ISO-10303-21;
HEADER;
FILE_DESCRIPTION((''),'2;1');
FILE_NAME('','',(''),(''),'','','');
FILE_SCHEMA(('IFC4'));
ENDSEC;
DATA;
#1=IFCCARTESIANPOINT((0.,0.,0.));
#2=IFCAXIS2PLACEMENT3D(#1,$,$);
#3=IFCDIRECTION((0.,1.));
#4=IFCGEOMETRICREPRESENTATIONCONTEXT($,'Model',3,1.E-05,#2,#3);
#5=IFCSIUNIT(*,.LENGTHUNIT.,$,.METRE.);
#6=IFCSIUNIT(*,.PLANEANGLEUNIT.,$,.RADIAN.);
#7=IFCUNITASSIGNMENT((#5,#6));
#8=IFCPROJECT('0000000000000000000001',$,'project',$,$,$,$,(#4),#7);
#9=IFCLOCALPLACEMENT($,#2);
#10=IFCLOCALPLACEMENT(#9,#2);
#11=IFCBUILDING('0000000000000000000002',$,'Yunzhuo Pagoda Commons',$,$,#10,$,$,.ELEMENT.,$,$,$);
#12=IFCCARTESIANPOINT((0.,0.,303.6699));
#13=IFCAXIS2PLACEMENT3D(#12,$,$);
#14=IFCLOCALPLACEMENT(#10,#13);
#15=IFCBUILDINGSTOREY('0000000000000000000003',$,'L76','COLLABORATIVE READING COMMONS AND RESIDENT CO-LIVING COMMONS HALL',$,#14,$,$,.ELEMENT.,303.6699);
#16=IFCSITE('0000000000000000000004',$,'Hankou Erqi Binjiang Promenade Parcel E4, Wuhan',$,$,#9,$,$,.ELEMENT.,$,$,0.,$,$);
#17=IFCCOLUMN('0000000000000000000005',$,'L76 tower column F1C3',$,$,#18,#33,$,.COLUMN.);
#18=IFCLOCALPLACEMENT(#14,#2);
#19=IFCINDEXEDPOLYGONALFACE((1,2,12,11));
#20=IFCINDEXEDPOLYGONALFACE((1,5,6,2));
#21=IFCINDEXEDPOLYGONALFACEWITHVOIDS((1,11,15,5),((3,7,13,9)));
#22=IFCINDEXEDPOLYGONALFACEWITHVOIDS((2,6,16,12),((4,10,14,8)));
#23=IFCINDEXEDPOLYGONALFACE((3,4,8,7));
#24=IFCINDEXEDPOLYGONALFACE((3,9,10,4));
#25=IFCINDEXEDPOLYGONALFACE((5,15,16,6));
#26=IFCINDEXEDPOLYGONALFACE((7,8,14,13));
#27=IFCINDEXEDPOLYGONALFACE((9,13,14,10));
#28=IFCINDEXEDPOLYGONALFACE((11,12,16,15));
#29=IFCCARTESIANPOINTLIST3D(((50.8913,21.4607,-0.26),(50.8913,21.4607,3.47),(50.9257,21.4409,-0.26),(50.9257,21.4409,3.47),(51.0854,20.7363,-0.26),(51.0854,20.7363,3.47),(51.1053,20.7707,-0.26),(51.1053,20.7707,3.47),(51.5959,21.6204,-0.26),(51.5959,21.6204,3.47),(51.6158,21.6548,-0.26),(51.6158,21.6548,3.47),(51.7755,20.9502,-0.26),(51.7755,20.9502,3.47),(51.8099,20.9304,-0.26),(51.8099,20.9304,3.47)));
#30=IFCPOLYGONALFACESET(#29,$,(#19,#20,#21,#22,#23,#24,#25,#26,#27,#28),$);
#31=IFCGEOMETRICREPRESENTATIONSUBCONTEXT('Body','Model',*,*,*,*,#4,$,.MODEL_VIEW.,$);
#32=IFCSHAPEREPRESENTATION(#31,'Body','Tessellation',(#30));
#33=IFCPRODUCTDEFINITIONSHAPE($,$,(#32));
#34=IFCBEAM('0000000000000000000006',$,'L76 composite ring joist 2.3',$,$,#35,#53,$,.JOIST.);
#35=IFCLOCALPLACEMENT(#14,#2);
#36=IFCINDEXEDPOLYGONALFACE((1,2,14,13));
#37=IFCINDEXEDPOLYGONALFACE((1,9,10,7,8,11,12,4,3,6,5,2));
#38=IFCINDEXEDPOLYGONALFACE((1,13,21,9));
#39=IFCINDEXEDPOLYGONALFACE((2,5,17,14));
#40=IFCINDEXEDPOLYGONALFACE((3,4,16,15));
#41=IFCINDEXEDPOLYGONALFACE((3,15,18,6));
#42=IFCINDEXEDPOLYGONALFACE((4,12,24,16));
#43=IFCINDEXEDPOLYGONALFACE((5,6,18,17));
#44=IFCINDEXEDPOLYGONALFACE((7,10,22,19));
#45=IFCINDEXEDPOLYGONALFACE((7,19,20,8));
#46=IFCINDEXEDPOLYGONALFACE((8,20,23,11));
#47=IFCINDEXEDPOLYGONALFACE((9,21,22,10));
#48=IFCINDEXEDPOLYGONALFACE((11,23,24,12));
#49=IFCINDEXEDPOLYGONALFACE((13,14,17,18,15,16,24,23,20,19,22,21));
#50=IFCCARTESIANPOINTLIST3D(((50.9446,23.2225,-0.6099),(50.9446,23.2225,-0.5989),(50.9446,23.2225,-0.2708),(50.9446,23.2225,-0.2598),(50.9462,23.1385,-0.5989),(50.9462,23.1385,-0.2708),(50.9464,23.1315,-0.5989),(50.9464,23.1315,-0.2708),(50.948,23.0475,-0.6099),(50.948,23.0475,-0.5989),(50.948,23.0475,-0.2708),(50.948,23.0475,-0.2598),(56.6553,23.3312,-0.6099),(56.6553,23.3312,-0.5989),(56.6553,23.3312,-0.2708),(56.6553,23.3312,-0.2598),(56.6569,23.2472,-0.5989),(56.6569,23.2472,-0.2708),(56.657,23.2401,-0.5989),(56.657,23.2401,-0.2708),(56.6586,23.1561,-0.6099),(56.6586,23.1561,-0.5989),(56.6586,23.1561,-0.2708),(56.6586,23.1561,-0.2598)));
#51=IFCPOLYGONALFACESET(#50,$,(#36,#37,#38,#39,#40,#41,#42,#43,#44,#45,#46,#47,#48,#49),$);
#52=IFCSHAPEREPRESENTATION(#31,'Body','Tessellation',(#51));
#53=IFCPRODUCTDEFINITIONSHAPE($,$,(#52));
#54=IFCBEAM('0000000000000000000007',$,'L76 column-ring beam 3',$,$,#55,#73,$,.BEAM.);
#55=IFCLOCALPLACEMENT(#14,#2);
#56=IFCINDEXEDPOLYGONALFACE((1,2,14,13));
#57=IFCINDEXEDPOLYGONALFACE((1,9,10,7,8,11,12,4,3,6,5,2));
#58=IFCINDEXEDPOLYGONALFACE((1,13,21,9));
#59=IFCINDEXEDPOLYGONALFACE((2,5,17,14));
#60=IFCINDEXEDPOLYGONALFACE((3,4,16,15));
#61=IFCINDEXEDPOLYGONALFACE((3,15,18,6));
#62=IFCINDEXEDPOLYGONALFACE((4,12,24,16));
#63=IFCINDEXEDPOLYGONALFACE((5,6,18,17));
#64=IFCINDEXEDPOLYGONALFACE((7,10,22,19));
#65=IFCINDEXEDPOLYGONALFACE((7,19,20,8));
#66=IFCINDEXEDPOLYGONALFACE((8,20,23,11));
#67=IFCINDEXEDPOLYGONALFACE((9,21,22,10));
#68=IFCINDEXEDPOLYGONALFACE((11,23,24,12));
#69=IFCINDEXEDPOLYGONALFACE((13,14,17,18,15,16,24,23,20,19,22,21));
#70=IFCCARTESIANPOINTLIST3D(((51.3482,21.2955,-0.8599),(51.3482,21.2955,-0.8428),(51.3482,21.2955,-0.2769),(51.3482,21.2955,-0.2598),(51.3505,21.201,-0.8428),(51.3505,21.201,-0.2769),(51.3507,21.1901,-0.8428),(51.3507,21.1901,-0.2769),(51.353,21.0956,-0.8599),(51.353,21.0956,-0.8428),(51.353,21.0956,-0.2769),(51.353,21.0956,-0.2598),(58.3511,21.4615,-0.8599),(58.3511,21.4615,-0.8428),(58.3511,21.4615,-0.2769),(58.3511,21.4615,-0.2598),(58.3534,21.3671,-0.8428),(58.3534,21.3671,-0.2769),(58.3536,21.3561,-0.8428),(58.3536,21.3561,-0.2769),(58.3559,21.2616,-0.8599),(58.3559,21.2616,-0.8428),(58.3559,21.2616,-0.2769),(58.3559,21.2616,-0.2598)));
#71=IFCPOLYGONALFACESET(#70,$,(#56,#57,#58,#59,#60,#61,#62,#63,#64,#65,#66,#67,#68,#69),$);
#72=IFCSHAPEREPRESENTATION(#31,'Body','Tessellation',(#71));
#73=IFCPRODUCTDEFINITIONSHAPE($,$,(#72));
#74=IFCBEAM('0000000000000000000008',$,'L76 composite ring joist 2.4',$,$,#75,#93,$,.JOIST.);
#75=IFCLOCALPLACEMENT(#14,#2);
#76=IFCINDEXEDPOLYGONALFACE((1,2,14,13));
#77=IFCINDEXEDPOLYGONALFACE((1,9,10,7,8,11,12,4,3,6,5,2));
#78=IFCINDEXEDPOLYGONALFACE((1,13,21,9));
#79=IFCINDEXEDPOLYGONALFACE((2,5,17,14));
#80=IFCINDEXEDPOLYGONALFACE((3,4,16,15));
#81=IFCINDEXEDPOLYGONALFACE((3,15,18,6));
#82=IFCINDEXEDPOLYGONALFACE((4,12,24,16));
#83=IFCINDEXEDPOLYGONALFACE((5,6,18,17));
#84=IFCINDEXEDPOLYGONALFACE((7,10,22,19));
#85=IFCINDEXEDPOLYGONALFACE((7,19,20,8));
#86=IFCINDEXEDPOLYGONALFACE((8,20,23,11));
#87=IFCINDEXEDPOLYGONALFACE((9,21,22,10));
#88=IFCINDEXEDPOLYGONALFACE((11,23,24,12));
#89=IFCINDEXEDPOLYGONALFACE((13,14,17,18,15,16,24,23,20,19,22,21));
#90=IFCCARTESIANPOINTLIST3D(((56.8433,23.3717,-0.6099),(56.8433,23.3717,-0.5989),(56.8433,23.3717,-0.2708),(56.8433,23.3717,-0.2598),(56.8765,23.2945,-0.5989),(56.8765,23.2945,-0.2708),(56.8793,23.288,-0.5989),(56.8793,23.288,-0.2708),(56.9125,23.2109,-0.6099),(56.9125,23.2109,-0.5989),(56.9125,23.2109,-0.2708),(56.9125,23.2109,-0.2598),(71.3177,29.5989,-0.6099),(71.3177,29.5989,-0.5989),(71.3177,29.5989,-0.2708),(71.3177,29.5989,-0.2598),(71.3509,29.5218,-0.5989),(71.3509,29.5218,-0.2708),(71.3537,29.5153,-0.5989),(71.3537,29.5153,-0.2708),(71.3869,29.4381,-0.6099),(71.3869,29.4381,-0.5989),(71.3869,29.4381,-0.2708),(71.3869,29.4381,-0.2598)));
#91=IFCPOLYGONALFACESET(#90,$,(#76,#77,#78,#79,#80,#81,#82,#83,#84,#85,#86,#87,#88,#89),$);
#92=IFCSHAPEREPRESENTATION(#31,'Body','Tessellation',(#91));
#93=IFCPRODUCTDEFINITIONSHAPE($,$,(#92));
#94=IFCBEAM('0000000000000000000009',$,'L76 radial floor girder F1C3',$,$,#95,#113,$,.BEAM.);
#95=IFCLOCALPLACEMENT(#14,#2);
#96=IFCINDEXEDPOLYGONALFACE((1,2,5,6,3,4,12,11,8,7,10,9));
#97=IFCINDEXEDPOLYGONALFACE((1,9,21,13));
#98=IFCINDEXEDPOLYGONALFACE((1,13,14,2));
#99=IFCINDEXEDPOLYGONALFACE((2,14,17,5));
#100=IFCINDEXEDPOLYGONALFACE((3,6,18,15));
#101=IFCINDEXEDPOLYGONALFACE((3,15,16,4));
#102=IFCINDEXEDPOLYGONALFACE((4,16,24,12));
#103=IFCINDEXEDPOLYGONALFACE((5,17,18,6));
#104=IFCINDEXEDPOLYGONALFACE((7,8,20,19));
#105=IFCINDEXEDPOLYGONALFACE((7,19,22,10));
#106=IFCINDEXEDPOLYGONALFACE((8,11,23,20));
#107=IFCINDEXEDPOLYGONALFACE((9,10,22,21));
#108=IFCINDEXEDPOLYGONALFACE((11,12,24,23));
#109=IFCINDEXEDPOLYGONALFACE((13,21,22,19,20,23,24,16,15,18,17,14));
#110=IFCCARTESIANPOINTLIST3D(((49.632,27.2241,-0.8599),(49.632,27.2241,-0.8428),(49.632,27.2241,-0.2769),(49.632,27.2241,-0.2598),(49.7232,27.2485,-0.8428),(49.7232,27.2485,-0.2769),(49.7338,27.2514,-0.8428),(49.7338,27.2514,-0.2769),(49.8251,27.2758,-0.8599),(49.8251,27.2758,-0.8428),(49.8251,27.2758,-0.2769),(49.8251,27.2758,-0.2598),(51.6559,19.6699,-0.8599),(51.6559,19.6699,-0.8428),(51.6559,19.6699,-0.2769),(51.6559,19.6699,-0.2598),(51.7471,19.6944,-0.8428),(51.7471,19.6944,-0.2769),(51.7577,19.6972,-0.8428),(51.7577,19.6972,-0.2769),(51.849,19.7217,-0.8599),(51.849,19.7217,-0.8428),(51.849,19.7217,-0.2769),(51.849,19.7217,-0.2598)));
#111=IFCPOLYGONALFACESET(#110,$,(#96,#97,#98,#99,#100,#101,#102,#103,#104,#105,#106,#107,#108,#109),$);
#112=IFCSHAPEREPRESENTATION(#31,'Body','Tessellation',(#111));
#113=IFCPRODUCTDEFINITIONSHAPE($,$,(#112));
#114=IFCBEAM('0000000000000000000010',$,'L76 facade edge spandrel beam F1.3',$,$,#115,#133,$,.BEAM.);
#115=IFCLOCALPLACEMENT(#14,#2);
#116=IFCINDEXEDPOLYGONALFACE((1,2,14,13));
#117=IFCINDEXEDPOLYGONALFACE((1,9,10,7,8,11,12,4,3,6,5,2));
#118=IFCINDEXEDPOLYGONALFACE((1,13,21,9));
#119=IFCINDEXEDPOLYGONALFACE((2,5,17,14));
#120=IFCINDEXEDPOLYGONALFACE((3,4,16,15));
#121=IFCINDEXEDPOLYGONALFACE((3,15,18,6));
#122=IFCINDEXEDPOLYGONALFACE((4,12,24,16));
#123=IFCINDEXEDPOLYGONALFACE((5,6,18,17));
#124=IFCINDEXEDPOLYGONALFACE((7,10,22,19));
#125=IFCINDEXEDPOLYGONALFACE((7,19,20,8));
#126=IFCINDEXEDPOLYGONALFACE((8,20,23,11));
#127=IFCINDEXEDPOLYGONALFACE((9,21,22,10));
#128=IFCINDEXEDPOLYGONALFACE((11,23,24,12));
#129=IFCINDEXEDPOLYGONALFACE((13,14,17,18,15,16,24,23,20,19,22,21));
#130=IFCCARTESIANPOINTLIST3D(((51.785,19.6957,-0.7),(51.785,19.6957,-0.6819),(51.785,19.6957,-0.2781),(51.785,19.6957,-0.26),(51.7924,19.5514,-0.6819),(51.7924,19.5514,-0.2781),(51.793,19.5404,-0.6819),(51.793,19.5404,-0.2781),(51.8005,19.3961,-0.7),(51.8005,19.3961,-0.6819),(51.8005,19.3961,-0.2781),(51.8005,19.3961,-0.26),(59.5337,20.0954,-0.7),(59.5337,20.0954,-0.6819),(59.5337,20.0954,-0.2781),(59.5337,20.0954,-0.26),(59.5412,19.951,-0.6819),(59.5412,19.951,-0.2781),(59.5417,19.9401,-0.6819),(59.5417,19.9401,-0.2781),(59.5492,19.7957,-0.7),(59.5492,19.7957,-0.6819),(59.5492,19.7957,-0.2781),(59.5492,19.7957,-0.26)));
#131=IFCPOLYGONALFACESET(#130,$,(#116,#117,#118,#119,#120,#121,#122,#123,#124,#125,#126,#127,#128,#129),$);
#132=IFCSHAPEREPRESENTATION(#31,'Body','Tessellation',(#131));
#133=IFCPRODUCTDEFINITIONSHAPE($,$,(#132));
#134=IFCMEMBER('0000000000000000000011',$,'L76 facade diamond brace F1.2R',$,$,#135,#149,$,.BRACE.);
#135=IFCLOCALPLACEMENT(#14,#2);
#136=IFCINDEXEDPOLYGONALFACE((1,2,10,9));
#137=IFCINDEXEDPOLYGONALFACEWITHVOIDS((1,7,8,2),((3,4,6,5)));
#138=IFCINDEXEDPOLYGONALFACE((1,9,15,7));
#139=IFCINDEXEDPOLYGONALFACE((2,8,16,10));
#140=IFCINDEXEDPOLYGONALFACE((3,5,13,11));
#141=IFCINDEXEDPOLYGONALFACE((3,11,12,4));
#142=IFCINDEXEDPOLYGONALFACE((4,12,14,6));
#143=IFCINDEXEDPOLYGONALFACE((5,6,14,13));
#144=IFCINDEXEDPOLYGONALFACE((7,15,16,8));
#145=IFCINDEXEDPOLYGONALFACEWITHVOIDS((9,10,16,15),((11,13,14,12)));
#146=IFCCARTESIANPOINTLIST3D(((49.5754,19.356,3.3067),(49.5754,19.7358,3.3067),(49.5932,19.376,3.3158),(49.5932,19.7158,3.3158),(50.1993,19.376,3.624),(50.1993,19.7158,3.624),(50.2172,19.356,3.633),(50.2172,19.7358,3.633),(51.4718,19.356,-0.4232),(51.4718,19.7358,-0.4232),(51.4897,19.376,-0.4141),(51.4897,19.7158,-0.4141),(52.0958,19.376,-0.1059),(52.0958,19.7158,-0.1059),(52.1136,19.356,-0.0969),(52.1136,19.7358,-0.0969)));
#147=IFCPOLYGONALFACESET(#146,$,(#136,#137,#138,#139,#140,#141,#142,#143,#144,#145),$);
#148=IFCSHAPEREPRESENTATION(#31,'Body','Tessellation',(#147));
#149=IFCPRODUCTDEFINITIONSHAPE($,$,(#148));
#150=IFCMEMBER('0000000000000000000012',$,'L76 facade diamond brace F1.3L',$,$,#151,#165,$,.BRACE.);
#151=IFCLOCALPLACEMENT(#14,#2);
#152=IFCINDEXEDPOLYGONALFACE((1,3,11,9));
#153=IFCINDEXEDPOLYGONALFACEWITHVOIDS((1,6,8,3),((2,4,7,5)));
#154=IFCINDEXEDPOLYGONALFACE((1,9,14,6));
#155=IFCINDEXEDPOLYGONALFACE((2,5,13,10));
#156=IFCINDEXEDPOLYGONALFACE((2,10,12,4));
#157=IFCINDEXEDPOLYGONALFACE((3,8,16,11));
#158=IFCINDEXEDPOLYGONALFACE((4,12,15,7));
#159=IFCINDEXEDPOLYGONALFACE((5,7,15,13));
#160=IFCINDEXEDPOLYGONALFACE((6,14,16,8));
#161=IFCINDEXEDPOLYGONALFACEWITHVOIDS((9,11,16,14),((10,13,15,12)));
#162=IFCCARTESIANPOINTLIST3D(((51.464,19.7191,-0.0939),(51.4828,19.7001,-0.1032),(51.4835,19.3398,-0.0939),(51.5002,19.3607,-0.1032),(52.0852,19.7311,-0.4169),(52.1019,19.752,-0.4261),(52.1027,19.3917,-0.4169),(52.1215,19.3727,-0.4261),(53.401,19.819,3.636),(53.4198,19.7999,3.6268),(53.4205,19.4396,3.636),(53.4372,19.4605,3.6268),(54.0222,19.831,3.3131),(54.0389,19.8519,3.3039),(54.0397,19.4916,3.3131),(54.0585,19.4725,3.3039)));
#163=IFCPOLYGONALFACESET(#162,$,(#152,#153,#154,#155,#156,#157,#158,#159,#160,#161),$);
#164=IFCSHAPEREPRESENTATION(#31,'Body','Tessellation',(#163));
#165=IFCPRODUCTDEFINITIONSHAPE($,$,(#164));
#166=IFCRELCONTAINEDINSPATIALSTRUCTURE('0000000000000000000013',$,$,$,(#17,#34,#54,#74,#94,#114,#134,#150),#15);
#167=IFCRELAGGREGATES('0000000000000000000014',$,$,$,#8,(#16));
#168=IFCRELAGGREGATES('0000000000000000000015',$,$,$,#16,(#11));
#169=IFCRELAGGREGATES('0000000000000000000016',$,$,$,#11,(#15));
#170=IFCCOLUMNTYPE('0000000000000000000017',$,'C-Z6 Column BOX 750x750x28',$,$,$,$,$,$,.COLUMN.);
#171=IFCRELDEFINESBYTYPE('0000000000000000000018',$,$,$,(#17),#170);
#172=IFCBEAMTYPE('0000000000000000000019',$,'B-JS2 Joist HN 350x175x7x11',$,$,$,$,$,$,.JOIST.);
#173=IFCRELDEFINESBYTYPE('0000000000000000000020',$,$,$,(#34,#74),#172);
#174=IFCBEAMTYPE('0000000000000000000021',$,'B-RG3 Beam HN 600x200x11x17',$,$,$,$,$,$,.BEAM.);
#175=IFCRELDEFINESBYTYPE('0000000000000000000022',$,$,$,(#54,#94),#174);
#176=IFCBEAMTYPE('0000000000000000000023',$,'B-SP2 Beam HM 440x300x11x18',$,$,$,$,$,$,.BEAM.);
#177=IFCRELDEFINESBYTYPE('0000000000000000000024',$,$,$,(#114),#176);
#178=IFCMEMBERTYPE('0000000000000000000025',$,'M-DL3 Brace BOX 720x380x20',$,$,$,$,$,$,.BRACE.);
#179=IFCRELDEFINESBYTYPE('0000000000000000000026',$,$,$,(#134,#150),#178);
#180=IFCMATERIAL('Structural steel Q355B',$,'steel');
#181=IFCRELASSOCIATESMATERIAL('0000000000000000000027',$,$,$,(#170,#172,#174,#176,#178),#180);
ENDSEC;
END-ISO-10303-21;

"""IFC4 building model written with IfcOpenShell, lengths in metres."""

from ifc_helpers import new_model, si_unit, direction, frame, origin, origin_2d, place, context, subcontext, project, spatial, hollow_rectangle, i_section, extrude, source, transform, mapped, material, material_profile, profile_set, type_object, element, save


model = new_model("IFC4")

# Units and contexts
model_context = context("Model", 3, precision=1e-05, world=origin(), true_north=direction((0.0, 1.0)))
body_context = subcontext(model_context, "Body", "Model", "MODEL_VIEW")
ifc_project = project(units=[si_unit("LENGTHUNIT", "METRE"), si_unit("PLANEANGLEUNIT", "RADIAN")], contexts=[model_context])

# Site, building, storey
site_placement = place(None, origin())
site = spatial("IfcSite", under=ifc_project, at=site_placement, Name="Hankou Erqi Binjiang Promenade Parcel E4, Wuhan", CompositionType="ELEMENT", RefElevation=0.0)
building_placement = place(site_placement, origin())
building = spatial("IfcBuilding", under=site, at=building_placement, Name="Yunzhuo Pagoda Commons", CompositionType="ELEMENT")
storey_placement = place(building_placement, frame((0.0, 0.0, 303.6699)))
storey = spatial("IfcBuildingStorey", under=building, at=storey_placement, Name="L76", Description="COLLABORATIVE READING COMMONS AND RESIDENT CO-LIVING COMMONS HALL", CompositionType="ELEMENT", Elevation=303.6699)

# Column
ifc_material_1 = material(Name="Structural steel Q355B", Category="steel")
ifc_material_profile_1 = material_profile(ifc_material_1, hollow_rectangle(XDim=0.75, YDim=0.75, WallThickness=0.0281, at=origin_2d()), Name="Structural steel Q355B")
ifc_profile_set_1 = profile_set([ifc_material_profile_1], Name="Structural steel Q355B")
column_type = type_object("IfcColumnType", Name="C-Z6 Column BOX 750x750x28", PredefinedType="COLUMN", material=ifc_profile_set_1)
shared_shape_1 = source(origin(), body_context, "Body", "SweptSolid", [
    extrude(hollow_rectangle(XDim=0.75, YDim=0.75, WallThickness=0.0281, at=origin_2d()), origin(), (0.0, 0.0, 1.0), 3.73),
])
column_placement = place(storey_placement, frame((51.3506, 21.1956, -0.26), z_axis=(0.0, 0.0, 1.0), x_axis=(0.965926, 0.258819, 0.0)))
element("IfcColumn", 1, at=column_placement, inside=storey, type_object=column_type, Name="L76 tower column F1C3", PredefinedType="COLUMN", context=body_context, shape_type="MappedRepresentation", body=[
    mapped(shared_shape_1, transform((0.0, 0.0, 0.0), scale=1.0)),
])

# Beams
ifc_material_profile_2 = material_profile(ifc_material_1, i_section(OverallWidth=0.175, OverallDepth=0.3501, WebThickness=0.0071, FlangeThickness=0.011, at=origin_2d()), Name="Structural steel Q355B")
ifc_profile_set_2 = profile_set([ifc_material_profile_2], Name="Structural steel Q355B")
beam_type_1 = type_object("IfcBeamType", Name="B-JS2 Joist HN 350x175x7x11", PredefinedType="JOIST", material=ifc_profile_set_2)
shared_shape_2 = source(origin(), body_context, "Body", "SweptSolid", [
    extrude(i_section(OverallWidth=0.175, OverallDepth=0.3501, WebThickness=0.0071, FlangeThickness=0.011, at=origin_2d()), origin(), (0.0, 0.0, 1.0), 5.7117),
])
beam_1_placement = place(storey_placement, frame((50.9463, 23.135, -0.4348), z_axis=(0.999819, 0.019021, 0.0), x_axis=(-0.019021, 0.999819, 0.0)))
element("IfcBeam", 2, at=beam_1_placement, inside=storey, type_object=beam_type_1, Name="L76 composite ring joist 2.3", PredefinedType="JOIST", context=body_context, shape_type="MappedRepresentation", body=[
    mapped(shared_shape_2, transform((0.0, 0.0, 0.0), scale=1.0)),
])
ifc_material_profile_3 = material_profile(ifc_material_1, i_section(OverallWidth=0.2, OverallDepth=0.6001, WebThickness=0.011, FlangeThickness=0.0171, at=origin_2d()), Name="Structural steel Q355B")
ifc_profile_set_3 = profile_set([ifc_material_profile_3], Name="Structural steel Q355B")
beam_type_2 = type_object("IfcBeamType", Name="B-RG3 Beam HN 600x200x11x17", PredefinedType="BEAM", material=ifc_profile_set_3)
shared_shape_3 = source(origin(), body_context, "Body", "SweptSolid", [
    extrude(i_section(OverallWidth=0.2, OverallDepth=0.6001, WebThickness=0.011, FlangeThickness=0.0171, at=origin_2d()), origin(), (0.0, 0.0, 1.0), 7.0049),
])
beam_2_placement = place(storey_placement, frame((51.3506, 21.1956, -0.5598), z_axis=(0.999719, 0.0237, 0.0), x_axis=(-0.0237, 0.999719, 0.0)))
element("IfcBeam", 3, at=beam_2_placement, inside=storey, type_object=beam_type_2, Name="L76 column-ring beam 3", PredefinedType="BEAM", context=body_context, shape_type="MappedRepresentation", body=[
    mapped(shared_shape_3, transform((0.0, 0.0, 0.0), scale=1.0)),
])
shared_shape_4 = source(origin(), body_context, "Body", "SweptSolid", [
    extrude(i_section(OverallWidth=0.175, OverallDepth=0.3501, WebThickness=0.0071, FlangeThickness=0.011, at=origin_2d()), origin(), (0.0, 0.0, 1.0), 15.7571),
])
beam_3_placement = place(storey_placement, frame((56.8779, 23.2913, -0.4348), z_axis=(0.918593, 0.395205, 0.0), x_axis=(-0.395205, 0.918593, 0.0)))
element("IfcBeam", 4, at=beam_3_placement, inside=storey, type_object=beam_type_1, Name="L76 composite ring joist 2.4", PredefinedType="JOIST", context=body_context, shape_type="MappedRepresentation", body=[
    mapped(shared_shape_4, transform((0.0, 0.0, 0.0), scale=1.0)),
])
shared_shape_5 = source(origin(), body_context, "Body", "SweptSolid", [
    extrude(i_section(OverallWidth=0.2, OverallDepth=0.6001, WebThickness=0.011, FlangeThickness=0.0171, at=origin_2d()), origin(), (0.0, 0.0, 1.0), 7.8206),
])
beam_4_placement = place(storey_placement, frame((51.7524, 19.6958, -0.5598), z_axis=(-0.258793, 0.965933, 0.0), x_axis=(-0.965933, -0.258793, 0.0)))
element("IfcBeam", 5, at=beam_4_placement, inside=storey, type_object=beam_type_2, Name="L76 radial floor girder F1C3", PredefinedType="BEAM", context=body_context, shape_type="MappedRepresentation", body=[
    mapped(shared_shape_5, transform((0.0, 0.0, 0.0), scale=1.0)),
])
ifc_material_profile_4 = material_profile(ifc_material_1, i_section(OverallWidth=0.3, OverallDepth=0.4399, WebThickness=0.011, FlangeThickness=0.0181, at=origin_2d()), Name="Structural steel Q355B")
ifc_profile_set_4 = profile_set([ifc_material_profile_4], Name="Structural steel Q355B")
beam_type_3 = type_object("IfcBeamType", Name="B-SP2 Beam HM 440x300x11x18", PredefinedType="BEAM", material=ifc_profile_set_4)
shared_shape_6 = source(origin(), body_context, "Body", "SweptSolid", [
    extrude(i_section(OverallWidth=0.3, OverallDepth=0.4399, WebThickness=0.011, FlangeThickness=0.0181, at=origin_2d()), origin(), (0.0, 0.0, 1.0), 7.759),
])
beam_5_placement = place(storey_placement, frame((51.7927, 19.5459, -0.48), z_axis=(0.998673, 0.051508, 0.0), x_axis=(-0.051508, 0.998673, 0.0)))
element("IfcBeam", 6, at=beam_5_placement, inside=storey, type_object=beam_type_3, Name="L76 facade edge spandrel beam F1.3", PredefinedType="BEAM", context=body_context, shape_type="MappedRepresentation", body=[
    mapped(shared_shape_6, transform((0.0, 0.0, 0.0), scale=1.0)),
])

# Members
ifc_material_profile_5 = material_profile(ifc_material_1, hollow_rectangle(XDim=0.3799, YDim=0.72, WallThickness=0.02, at=origin_2d()), Name="Structural steel Q355B")
ifc_profile_set_5 = profile_set([ifc_material_profile_5], Name="Structural steel Q355B")
member_type_1 = type_object("IfcMemberType", Name="M-DL3 Brace BOX 720x380x20", PredefinedType="BRACE", material=ifc_profile_set_5)
shared_shape_7 = source(origin(), body_context, "Body", "SweptSolid", [
    extrude(hollow_rectangle(XDim=0.3799, YDim=0.72, WallThickness=0.02, at=origin_2d()), origin(), (0.0, 0.0, 1.0), 4.1843),
])
member_1_placement = place(storey_placement, frame((51.7927, 19.5459, -0.26), z_axis=(-0.453225, 0.0, 0.891396), x_axis=(0.0, -1.0, 0.0)))
element("IfcMember", 7, at=member_1_placement, inside=storey, type_object=member_type_1, Name="L76 facade diamond brace F1.2R", PredefinedType="BRACE", context=body_context, shape_type="MappedRepresentation", body=[
    mapped(shared_shape_7, transform((0.0, 0.0, 0.0), scale=1.0)),
])
shared_shape_8 = source(origin(), body_context, "Body", "SweptSolid", [
    extrude(hollow_rectangle(XDim=0.3799, YDim=0.72, WallThickness=0.02, at=origin_2d()), origin(), (0.0, 0.0, 1.0), 4.2041),
])
member_2_placement = place(storey_placement, frame((51.7927, 19.5459, -0.26), z_axis=(0.46074, 0.023751, 0.887217), x_axis=(-0.051482, 0.998674, 0.0)))
element("IfcMember", 8, at=member_2_placement, inside=storey, type_object=member_type_1, Name="L76 facade diamond brace F1.3L", PredefinedType="BRACE", context=body_context, shape_type="MappedRepresentation", body=[
    mapped(shared_shape_8, transform((0.0, 0.0, 0.0), scale=1.0)),
])

save(model, "model.ifc")
